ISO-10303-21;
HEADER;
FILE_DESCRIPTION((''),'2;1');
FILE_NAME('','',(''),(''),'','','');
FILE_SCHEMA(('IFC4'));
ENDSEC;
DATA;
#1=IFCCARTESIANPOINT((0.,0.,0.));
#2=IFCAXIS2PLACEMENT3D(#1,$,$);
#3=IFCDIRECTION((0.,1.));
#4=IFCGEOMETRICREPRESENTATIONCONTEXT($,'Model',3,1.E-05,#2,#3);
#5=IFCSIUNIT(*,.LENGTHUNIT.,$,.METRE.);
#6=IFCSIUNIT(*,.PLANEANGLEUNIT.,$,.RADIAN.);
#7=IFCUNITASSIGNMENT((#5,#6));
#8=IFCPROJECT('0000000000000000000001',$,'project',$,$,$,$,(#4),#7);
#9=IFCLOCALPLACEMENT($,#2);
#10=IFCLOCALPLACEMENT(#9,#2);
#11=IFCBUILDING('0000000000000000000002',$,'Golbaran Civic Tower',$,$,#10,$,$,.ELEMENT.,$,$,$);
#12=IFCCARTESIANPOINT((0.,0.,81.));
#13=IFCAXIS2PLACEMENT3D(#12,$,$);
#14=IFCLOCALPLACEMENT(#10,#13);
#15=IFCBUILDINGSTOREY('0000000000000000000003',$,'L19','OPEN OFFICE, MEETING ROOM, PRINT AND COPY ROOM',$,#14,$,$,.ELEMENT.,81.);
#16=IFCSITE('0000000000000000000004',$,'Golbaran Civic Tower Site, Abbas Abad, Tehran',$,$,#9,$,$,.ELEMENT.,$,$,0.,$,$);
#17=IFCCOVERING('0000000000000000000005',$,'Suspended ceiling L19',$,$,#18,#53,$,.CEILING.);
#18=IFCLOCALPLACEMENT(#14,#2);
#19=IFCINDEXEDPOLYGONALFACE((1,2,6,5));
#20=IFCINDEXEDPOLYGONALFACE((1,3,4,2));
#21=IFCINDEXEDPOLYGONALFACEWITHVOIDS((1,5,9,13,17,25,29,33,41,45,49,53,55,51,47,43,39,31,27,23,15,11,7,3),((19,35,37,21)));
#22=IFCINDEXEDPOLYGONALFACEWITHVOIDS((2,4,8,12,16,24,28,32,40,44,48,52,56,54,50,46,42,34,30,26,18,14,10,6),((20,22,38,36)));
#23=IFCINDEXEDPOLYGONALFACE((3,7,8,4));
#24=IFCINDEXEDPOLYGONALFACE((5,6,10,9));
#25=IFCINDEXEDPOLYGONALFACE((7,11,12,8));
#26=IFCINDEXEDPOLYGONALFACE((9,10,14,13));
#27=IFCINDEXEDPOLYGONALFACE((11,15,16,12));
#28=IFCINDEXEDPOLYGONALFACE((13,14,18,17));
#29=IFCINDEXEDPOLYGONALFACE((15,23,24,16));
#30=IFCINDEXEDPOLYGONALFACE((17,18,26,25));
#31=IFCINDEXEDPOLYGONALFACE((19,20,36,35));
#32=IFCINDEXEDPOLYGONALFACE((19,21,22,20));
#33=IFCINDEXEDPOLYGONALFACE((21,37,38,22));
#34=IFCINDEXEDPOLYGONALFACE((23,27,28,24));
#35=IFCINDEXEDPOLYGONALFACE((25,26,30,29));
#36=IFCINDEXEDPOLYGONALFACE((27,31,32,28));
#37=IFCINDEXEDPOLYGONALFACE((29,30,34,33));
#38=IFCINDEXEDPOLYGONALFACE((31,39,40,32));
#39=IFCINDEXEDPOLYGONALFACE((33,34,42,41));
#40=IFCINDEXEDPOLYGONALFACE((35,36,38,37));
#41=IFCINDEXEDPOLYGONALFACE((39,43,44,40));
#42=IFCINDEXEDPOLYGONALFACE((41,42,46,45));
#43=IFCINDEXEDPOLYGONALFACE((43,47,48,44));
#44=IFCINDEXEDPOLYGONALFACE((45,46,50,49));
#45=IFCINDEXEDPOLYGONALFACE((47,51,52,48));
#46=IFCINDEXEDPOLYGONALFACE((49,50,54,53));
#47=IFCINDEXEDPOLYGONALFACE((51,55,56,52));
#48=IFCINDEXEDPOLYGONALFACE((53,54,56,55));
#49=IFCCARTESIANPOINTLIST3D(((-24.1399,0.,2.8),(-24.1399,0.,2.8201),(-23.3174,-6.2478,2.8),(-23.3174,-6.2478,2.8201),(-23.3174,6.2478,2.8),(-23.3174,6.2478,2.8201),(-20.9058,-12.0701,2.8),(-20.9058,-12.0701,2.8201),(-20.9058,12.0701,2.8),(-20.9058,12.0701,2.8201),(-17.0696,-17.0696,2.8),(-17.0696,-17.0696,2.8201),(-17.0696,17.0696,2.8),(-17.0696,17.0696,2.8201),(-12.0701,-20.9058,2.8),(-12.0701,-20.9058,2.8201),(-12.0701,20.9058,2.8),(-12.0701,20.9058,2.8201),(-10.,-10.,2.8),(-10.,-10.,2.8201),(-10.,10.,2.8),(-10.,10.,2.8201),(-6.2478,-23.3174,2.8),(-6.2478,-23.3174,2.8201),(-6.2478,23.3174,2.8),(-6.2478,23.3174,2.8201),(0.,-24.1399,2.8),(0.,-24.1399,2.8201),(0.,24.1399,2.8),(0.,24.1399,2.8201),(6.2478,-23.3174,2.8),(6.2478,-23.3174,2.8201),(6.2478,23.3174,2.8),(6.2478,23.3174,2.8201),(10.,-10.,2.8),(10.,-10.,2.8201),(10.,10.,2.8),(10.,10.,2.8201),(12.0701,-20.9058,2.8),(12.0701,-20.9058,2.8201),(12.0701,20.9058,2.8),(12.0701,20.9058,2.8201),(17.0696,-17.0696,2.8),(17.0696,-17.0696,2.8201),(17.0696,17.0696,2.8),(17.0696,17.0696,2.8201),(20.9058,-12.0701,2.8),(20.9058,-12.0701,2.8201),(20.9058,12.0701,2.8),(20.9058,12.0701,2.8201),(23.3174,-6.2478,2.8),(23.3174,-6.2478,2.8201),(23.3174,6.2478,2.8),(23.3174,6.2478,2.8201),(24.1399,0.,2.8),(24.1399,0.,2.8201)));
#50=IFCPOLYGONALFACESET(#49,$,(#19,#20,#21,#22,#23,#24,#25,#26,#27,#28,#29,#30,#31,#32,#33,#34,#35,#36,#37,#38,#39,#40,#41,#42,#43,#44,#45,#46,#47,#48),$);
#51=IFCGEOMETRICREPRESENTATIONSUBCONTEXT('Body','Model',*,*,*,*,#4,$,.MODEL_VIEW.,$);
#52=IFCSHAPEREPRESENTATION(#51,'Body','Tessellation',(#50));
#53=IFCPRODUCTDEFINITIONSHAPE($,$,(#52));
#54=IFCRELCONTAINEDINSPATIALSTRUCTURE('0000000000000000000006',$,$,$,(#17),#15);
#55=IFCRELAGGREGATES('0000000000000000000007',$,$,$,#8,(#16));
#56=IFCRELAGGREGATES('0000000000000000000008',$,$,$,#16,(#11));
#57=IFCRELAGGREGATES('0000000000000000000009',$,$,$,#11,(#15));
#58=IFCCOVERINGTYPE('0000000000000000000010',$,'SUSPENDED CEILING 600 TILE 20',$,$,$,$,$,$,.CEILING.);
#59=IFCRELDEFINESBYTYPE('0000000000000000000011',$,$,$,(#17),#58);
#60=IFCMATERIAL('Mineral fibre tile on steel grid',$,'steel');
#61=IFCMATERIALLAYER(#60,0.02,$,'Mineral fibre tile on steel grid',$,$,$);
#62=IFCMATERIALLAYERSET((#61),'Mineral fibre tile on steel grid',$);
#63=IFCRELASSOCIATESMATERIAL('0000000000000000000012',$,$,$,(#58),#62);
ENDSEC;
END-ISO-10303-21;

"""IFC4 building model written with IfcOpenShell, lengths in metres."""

from ifc_helpers import new_model, si_unit, direction, frame, origin, place, context, subcontext, project, spatial, polyline, outline, extrude, material, layer, layer_set, type_object, element, save


model = new_model("IFC4")

# Units and contexts
model_context = context("Model", 3, precision=1e-05, world=origin(), true_north=direction((0.0, 1.0)))
body_context = subcontext(model_context, "Body", "Model", "MODEL_VIEW")
ifc_project = project(units=[si_unit("LENGTHUNIT", "METRE"), si_unit("PLANEANGLEUNIT", "RADIAN")], contexts=[model_context])

# Site, building, storey
site_placement = place(None, origin())
site = spatial("IfcSite", under=ifc_project, at=site_placement, Name="Golbaran Civic Tower Site, Abbas Abad, Tehran", CompositionType="ELEMENT", RefElevation=0.0)
building_placement = place(site_placement, origin())
building = spatial("IfcBuilding", under=site, at=building_placement, Name="Golbaran Civic Tower", CompositionType="ELEMENT")
storey_placement = place(building_placement, frame((0.0, 0.0, 81.0)))
storey = spatial("IfcBuildingStorey", under=building, at=storey_placement, Name="L19", Description="OPEN OFFICE, MEETING ROOM, PRINT AND COPY ROOM", CompositionType="ELEMENT", Elevation=81.0)

# Covering
ifc_material_1 = material(Name="Mineral fibre tile on steel grid", Category="steel")
ifc_layer_1 = layer(ifc_material_1, 0.02, Name="Mineral fibre tile on steel grid")
ifc_layer_set_1 = layer_set([ifc_layer_1], Name="Mineral fibre tile on steel grid")
covering_type = type_object("IfcCoveringType", Name="SUSPENDED CEILING 600 TILE 20", PredefinedType="CEILING", material=ifc_layer_set_1)
covering_placement = place(storey_placement, frame((0.0, 0.0, 2.8)))
element("IfcCovering", 1, at=covering_placement, inside=storey, type_object=covering_type, Name="Suspended ceiling L19", PredefinedType="CEILING", context=body_context, shape_type="SweptSolid", body=[
    extrude(outline(polyline([(-24.1399, 0.0), (-23.3174, 6.2478), (-20.9058, 12.0701), (-17.0696, 17.0696), (-12.0701, 20.9058), (-6.2478, 23.3174), (0.0, 24.1399), (6.2478, 23.3174), (12.0701, 20.9058), (17.0696, 17.0696), (20.9058, 12.0701), (23.3174, 6.2478), (24.1399, 0.0), (23.3174, -6.2478), (20.9058, -12.0701), (17.0696, -17.0696), (12.0701, -20.9058), (6.2478, -23.3174), (0.0, -24.1399), (-6.2478, -23.3174), (-12.0701, -20.9058), (-17.0696, -17.0696), (-20.9058, -12.0701), (-23.3174, -6.2478), (-24.1399, 0.0)]), holes=[polyline([(10.0, 10.0), (-10.0, 10.0), (-10.0, -10.0), (10.0, -10.0), (10.0, 10.0)])]), origin(), (0.0, 0.0, 1.0), 0.02),
])

save(model, "model.ifc")
